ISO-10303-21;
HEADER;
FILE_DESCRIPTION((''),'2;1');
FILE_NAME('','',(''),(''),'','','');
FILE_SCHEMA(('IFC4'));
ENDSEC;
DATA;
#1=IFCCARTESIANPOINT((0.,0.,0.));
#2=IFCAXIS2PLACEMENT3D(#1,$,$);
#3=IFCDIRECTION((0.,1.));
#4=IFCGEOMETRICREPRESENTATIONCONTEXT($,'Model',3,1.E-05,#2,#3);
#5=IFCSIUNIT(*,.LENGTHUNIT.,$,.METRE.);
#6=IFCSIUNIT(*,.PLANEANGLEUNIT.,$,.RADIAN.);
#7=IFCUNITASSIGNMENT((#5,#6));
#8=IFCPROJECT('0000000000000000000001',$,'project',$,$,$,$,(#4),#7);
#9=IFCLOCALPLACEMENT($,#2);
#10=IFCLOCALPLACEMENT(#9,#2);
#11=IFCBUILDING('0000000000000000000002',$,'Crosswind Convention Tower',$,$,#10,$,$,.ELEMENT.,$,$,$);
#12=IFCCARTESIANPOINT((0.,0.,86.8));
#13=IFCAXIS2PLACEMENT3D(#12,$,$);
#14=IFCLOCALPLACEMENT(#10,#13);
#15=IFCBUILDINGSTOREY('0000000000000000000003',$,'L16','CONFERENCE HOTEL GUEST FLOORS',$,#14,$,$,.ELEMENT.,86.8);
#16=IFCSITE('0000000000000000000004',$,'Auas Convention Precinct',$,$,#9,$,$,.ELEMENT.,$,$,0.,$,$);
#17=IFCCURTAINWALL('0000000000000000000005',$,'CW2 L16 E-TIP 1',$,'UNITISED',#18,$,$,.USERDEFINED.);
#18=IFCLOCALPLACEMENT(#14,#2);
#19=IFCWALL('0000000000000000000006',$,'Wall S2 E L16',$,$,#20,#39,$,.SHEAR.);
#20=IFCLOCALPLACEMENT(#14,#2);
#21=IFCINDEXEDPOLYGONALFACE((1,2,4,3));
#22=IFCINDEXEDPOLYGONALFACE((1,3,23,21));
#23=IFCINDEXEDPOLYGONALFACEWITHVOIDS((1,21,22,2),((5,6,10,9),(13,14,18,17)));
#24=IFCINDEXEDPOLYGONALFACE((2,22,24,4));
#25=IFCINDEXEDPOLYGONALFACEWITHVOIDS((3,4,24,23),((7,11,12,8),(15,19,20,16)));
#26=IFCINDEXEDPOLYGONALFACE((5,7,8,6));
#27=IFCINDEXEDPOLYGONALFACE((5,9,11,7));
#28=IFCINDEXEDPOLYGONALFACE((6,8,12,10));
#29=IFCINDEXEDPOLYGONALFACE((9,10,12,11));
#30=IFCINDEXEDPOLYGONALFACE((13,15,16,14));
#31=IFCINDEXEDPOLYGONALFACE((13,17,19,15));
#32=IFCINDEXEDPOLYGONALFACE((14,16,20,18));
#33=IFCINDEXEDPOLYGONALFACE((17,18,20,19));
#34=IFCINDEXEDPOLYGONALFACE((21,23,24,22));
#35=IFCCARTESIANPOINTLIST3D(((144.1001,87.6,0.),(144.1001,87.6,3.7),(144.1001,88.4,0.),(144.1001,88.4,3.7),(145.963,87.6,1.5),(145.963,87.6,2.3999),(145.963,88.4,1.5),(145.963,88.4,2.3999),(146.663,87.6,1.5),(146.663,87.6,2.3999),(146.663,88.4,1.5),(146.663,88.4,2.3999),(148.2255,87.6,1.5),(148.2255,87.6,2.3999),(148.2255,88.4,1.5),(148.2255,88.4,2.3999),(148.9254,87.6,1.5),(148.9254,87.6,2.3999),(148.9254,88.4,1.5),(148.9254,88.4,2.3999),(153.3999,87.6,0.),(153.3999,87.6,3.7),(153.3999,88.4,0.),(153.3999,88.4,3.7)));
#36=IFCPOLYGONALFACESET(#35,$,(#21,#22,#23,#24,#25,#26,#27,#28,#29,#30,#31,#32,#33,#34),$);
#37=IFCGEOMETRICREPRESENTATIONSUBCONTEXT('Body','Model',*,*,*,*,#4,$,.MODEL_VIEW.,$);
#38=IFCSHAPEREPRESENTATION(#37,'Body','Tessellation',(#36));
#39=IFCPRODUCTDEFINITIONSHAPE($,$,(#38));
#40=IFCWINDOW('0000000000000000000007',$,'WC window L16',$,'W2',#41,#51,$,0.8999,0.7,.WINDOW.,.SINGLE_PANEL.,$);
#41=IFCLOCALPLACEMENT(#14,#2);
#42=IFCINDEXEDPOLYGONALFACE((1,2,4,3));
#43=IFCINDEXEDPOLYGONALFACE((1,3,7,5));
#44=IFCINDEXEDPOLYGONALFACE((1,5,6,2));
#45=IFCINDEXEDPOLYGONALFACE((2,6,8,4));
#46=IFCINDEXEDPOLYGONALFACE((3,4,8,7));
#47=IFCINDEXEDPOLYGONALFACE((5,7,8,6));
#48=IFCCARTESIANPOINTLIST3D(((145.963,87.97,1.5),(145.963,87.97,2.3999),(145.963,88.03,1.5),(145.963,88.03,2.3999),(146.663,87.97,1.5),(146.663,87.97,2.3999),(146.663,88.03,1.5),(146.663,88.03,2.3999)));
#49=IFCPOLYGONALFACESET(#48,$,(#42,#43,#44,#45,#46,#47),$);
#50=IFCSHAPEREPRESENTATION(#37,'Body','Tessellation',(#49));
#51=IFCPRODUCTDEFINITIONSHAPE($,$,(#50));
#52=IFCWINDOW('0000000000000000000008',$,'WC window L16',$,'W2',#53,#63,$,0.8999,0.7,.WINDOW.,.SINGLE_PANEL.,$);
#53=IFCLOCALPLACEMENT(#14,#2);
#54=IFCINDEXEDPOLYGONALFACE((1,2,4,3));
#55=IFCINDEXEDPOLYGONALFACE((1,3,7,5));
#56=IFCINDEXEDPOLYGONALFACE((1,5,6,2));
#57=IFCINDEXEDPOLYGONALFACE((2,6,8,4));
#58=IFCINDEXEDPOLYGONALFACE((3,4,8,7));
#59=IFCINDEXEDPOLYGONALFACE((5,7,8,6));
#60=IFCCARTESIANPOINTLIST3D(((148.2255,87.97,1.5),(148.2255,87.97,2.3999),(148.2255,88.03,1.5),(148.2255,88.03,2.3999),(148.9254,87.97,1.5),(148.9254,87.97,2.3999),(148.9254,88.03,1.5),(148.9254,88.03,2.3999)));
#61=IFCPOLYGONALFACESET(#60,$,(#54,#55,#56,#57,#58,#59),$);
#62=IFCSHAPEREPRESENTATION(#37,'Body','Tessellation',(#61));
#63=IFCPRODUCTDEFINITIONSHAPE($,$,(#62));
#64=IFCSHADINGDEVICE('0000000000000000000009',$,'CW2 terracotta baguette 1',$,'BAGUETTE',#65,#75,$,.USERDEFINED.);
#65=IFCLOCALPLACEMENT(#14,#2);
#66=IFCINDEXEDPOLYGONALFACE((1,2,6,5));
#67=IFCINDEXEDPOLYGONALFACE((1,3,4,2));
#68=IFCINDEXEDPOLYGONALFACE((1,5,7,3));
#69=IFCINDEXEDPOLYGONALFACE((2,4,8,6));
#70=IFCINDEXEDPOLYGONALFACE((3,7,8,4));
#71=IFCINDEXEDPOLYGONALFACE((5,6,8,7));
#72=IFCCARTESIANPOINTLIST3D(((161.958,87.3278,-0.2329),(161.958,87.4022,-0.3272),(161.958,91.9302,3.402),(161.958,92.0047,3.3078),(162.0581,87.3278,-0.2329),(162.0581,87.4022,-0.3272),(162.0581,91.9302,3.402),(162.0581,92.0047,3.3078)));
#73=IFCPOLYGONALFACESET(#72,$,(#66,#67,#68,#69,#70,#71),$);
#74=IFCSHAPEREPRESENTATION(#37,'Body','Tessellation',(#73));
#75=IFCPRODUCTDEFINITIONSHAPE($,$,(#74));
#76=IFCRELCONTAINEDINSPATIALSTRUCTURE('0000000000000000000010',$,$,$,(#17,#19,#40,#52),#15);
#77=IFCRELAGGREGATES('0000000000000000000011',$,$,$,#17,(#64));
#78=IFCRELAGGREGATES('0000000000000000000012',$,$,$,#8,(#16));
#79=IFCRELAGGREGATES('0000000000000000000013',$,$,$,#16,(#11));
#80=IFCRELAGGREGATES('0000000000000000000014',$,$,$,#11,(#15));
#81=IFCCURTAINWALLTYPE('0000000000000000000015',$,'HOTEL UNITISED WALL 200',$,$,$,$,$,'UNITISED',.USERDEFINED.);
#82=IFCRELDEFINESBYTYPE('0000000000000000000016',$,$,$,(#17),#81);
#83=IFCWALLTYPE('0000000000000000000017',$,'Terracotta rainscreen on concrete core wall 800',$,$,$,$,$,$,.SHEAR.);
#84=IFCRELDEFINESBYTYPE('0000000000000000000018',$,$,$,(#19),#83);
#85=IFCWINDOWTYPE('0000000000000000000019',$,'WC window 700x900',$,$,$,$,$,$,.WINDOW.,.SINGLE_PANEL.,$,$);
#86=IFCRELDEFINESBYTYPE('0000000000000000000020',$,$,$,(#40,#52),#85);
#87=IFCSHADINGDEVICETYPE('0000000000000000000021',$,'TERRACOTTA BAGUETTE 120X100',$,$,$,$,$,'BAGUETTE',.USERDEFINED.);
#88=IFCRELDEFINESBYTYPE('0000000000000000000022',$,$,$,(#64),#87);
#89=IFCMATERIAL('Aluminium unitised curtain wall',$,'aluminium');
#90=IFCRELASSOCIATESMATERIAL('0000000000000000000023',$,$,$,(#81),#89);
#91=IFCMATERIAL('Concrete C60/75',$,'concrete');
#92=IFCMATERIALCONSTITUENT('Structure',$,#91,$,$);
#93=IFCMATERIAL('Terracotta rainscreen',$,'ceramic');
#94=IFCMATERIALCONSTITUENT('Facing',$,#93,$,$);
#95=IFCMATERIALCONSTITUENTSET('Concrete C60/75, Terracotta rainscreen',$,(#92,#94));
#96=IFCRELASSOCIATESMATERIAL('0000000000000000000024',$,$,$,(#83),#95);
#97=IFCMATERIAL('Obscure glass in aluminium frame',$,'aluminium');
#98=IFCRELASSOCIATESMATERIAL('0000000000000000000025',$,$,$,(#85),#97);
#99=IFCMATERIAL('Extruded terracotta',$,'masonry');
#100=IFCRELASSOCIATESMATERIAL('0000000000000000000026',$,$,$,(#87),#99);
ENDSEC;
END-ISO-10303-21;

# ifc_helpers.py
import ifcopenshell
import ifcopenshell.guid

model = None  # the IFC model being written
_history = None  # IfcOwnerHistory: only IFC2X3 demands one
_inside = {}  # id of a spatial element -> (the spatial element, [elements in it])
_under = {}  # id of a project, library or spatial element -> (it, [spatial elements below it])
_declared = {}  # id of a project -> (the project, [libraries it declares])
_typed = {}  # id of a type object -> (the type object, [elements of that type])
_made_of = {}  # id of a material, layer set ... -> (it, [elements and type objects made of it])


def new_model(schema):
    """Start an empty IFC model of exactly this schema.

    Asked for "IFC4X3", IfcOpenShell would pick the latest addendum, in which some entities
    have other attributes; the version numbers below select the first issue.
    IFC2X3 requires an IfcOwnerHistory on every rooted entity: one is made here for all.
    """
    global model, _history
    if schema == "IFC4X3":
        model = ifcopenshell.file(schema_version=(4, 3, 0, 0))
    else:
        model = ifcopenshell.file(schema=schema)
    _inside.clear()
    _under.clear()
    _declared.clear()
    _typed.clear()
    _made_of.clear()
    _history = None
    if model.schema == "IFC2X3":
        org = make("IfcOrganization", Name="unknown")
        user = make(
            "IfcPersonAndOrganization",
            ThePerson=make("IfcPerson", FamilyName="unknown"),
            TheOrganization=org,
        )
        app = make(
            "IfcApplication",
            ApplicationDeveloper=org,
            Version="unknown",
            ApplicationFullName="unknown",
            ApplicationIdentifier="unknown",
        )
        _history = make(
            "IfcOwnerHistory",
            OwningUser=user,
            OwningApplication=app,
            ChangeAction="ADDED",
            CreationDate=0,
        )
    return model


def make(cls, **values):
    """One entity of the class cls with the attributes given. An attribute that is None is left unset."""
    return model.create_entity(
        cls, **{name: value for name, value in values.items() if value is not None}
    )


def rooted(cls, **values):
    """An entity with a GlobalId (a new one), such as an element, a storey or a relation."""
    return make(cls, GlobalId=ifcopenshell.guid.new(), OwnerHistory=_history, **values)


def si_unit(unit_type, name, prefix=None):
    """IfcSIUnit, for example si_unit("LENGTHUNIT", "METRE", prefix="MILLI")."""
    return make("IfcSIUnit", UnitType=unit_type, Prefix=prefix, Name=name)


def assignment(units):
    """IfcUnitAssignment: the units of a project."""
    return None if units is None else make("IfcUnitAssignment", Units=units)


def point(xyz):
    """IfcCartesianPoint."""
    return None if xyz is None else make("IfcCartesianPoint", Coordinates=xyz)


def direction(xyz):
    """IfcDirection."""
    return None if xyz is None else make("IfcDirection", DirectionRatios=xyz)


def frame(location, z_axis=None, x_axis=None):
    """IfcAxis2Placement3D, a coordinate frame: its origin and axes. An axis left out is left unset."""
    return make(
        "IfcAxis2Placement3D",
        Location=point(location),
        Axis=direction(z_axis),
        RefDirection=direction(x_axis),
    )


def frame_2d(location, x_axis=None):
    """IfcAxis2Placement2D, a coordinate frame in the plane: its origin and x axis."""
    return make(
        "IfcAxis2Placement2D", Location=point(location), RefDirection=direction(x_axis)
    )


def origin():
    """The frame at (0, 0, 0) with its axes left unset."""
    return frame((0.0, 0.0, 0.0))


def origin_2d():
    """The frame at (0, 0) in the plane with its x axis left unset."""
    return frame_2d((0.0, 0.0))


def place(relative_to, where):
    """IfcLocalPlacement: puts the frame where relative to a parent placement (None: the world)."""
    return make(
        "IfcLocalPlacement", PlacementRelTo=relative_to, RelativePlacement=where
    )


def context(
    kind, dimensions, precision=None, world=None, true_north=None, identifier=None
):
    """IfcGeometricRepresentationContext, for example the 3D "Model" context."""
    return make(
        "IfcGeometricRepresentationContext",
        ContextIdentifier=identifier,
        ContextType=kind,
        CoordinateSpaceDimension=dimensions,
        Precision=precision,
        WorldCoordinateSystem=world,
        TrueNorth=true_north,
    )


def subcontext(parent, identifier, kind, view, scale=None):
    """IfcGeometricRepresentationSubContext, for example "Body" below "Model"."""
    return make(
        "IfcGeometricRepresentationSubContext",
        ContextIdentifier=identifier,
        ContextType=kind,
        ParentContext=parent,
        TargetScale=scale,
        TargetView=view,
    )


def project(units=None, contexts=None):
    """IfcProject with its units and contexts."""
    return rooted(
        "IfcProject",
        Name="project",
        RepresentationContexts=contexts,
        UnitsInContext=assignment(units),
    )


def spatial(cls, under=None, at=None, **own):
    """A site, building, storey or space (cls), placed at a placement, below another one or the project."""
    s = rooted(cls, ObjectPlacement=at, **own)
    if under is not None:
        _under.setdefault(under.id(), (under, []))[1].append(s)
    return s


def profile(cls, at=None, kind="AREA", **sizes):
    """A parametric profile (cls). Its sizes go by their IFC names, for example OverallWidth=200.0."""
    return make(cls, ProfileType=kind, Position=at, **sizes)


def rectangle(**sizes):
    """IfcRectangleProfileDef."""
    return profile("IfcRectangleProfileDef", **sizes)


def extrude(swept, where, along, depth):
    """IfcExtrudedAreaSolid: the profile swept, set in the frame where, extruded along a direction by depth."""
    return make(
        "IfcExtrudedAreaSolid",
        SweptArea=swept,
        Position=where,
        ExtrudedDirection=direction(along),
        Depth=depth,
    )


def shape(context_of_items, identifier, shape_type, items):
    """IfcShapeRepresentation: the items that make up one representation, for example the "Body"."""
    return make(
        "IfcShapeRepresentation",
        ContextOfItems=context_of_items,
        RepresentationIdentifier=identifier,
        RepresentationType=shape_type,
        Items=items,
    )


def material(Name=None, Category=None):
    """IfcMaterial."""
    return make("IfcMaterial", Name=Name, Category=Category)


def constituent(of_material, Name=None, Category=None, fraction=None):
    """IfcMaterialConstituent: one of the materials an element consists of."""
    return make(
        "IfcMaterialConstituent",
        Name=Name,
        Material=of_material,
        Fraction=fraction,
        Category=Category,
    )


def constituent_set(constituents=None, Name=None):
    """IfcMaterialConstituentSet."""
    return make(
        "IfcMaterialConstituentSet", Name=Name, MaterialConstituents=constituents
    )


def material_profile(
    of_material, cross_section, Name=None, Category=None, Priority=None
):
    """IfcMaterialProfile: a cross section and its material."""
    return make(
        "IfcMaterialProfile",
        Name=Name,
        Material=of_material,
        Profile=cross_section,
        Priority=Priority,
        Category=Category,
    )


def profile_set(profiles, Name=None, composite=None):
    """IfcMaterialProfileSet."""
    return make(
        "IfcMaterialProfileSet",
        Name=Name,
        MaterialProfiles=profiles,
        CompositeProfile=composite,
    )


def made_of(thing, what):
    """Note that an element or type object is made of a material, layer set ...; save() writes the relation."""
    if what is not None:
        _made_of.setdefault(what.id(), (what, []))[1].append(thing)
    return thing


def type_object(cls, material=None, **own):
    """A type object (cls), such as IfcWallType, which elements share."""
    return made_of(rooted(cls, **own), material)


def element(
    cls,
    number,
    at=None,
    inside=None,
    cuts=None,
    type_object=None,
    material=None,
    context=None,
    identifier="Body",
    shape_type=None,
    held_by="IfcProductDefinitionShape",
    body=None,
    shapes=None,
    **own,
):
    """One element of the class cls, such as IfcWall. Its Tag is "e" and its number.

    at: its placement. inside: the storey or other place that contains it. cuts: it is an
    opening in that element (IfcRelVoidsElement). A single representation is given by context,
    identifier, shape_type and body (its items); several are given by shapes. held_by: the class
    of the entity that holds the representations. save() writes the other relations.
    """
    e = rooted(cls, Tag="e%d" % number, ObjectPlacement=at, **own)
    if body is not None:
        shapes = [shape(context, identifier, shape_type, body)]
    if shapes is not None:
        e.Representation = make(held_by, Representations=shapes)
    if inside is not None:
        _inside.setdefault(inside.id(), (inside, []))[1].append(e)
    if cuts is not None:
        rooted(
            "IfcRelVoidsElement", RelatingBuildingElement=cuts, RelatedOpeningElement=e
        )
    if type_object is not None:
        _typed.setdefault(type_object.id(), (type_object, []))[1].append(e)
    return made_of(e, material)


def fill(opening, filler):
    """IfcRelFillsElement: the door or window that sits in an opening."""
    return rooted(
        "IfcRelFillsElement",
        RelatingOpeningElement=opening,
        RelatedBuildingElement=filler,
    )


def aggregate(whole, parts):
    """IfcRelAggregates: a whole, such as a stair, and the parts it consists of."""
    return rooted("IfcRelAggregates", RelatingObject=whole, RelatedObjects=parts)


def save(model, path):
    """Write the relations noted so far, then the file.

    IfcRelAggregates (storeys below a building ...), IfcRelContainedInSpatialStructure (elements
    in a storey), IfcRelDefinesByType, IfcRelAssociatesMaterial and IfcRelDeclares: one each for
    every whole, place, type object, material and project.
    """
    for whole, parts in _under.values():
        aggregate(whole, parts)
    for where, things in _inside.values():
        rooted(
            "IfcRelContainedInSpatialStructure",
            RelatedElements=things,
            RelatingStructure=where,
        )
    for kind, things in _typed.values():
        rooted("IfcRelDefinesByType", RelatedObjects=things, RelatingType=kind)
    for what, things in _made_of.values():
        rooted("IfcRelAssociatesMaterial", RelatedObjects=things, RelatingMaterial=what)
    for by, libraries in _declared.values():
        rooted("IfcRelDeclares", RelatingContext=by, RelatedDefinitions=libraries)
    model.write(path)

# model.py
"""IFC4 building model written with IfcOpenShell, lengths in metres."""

from ifc_helpers import new_model, si_unit, direction, frame, frame_2d, origin, origin_2d, place, context, subcontext, project, spatial, rectangle, extrude, material, constituent, constituent_set, material_profile, profile_set, type_object, element, fill, aggregate, save


model = new_model("IFC4")

# Units and contexts
model_context = context("Model", 3, precision=1e-05, world=origin(), true_north=direction((0.0, 1.0)))
body_context = subcontext(model_context, "Body", "Model", "MODEL_VIEW")
ifc_project = project(units=[si_unit("LENGTHUNIT", "METRE"), si_unit("PLANEANGLEUNIT", "RADIAN")], contexts=[model_context])

# Site, building, storey
site_placement = place(None, origin())
site = spatial("IfcSite", under=ifc_project, at=site_placement, Name="Auas Convention Precinct", CompositionType="ELEMENT", RefElevation=0.0)
building_placement = place(site_placement, origin())
building = spatial("IfcBuilding", under=site, at=building_placement, Name="Crosswind Convention Tower", CompositionType="ELEMENT")
storey_placement = place(building_placement, frame((0.0, 0.0, 86.8)))
storey = spatial("IfcBuildingStorey", under=building, at=storey_placement, Name="L16", Description="CONFERENCE HOTEL GUEST FLOORS", CompositionType="ELEMENT", Elevation=86.8)

# Shared definitions
ifc_material_1 = material(Name="Concrete C60/75", Category="concrete")

# Shared definitions
ifc_material_2 = material(Name="Aluminium unitised curtain wall", Category="aluminium")

# Curtain wall
curtain_wall_type_1 = type_object("IfcCurtainWallType", Name="HOTEL UNITISED WALL 200", ElementType="UNITISED", PredefinedType="USERDEFINED", material=ifc_material_2)
curtain_wall_1_placement = place(storey_placement, origin())
curtain_wall_1 = element("IfcCurtainWall", 1, at=curtain_wall_1_placement, inside=storey, type_object=curtain_wall_type_1, Name="CW2 L16 E-TIP 1", ObjectType="UNITISED", PredefinedType="USERDEFINED")

# Wall, openings, windows
ifc_constituent_1 = constituent(ifc_material_1, Name="Structure")
ifc_material_3 = material(Name="Terracotta rainscreen", Category="ceramic")
ifc_constituent_2 = constituent(ifc_material_3, Name="Facing")
ifc_constituent_set = constituent_set(constituents=[ifc_constituent_1, ifc_constituent_2], Name="Concrete C60/75, Terracotta rainscreen")
wall_type_1 = type_object("IfcWallType", Name="Terracotta rainscreen on concrete core wall 800", PredefinedType="SHEAR", material=ifc_constituent_set)
wall_1_placement = place(storey_placement, frame((144.1001, 88.0, 0.0), z_axis=(0.0, 0.0, 1.0), x_axis=(1.0, 0.0, 0.0)))
wall_1 = element("IfcWall", 2, at=wall_1_placement, inside=storey, type_object=wall_type_1, Name="Wall S2 E L16", PredefinedType="SHEAR", context=body_context, shape_type="SweptSolid", body=[
    extrude(rectangle(XDim=9.2998, YDim=0.8, at=frame_2d((4.6499, 0.0))), origin(), (0.0, 0.0, 1.0), 3.7),
])
opening_1_placement = place(wall_1_placement, frame((1.8628, 0.0, 1.5)))
opening_1 = element("IfcOpeningElement", 3, at=opening_1_placement, cuts=wall_1, PredefinedType="OPENING", context=body_context, shape_type="SweptSolid", body=[
    extrude(rectangle(XDim=0.7, YDim=0.8999, at=frame_2d((0.3501, 0.45))), frame((0.0, 0.4099, 0.0), z_axis=(0.0, -1.0, 0.0), x_axis=(1.0, 0.0, 0.0)), (0.0, 0.0, 1.0), 0.8201),
])
opening_2_placement = place(wall_1_placement, frame((4.1252, 0.0, 1.5)))
opening_2 = element("IfcOpeningElement", 4, at=opening_2_placement, cuts=wall_1, PredefinedType="OPENING", context=body_context, shape_type="SweptSolid", body=[
    extrude(rectangle(XDim=0.7, YDim=0.8999, at=frame_2d((0.3501, 0.45))), frame((0.0, 0.4099, 0.0), z_axis=(0.0, -1.0, 0.0), x_axis=(1.0, 0.0, 0.0)), (0.0, 0.0, 1.0), 0.8201),
])
ifc_material_4 = material(Name="Obscure glass in aluminium frame", Category="aluminium")
window_type = type_object("IfcWindowType", Name="WC window 700x900", PartitioningType="SINGLE_PANEL", PredefinedType="WINDOW", material=ifc_material_4)
window_1_placement = place(opening_1_placement, origin())
window_1 = element("IfcWindow", 5, at=window_1_placement, inside=storey, type_object=window_type, Name="WC window L16", ObjectType="W2", OverallHeight=0.8999, OverallWidth=0.7, PartitioningType="SINGLE_PANEL", PredefinedType="WINDOW", context=body_context, shape_type="SweptSolid", body=[
    extrude(rectangle(XDim=0.7, YDim=0.8999, at=frame_2d((0.3501, 0.45))), frame((0.0, 0.03, 0.0), z_axis=(0.0, -1.0, 0.0), x_axis=(1.0, 0.0, 0.0)), (0.0, 0.0, 1.0), 0.0601),
])
fill(opening_1, window_1)
window_2_placement = place(opening_2_placement, origin())
window_2 = element("IfcWindow", 6, at=window_2_placement, inside=storey, type_object=window_type, Name="WC window L16", ObjectType="W2", OverallHeight=0.8999, OverallWidth=0.7, PartitioningType="SINGLE_PANEL", PredefinedType="WINDOW", context=body_context, shape_type="SweptSolid", body=[
    extrude(rectangle(XDim=0.7, YDim=0.8999, at=frame_2d((0.3501, 0.45))), frame((0.0, 0.03, 0.0), z_axis=(0.0, -1.0, 0.0), x_axis=(1.0, 0.0, 0.0)), (0.0, 0.0, 1.0), 0.0601),
])
fill(opening_2, window_2)

# Shading device
ifc_material_5 = material(Name="Extruded terracotta", Category="masonry")
ifc_material_profile_1 = material_profile(ifc_material_5, rectangle(XDim=0.1001, YDim=0.1201, at=origin_2d()), Name="TC 100X120")
ifc_profile_set_1 = profile_set([ifc_material_profile_1], Name="Extruded terracotta")
shading_device_type = type_object("IfcShadingDeviceType", Name="TERRACOTTA BAGUETTE 120X100", ElementType="BAGUETTE", PredefinedType="USERDEFINED", material=ifc_profile_set_1)
shading_device_placement = place(storey_placement, frame((162.0081, 87.365, -0.28), z_axis=(0.0, 0.784764, 0.619794), x_axis=(-1.0, 0.0, 0.0)))
shading_device = element("IfcShadingDevice", 7, at=shading_device_placement, type_object=shading_device_type, Name="CW2 terracotta baguette 1", ObjectType="BAGUETTE", PredefinedType="USERDEFINED", context=body_context, shape_type="SweptSolid", body=[
    extrude(rectangle(XDim=0.1001, YDim=0.1201, at=origin_2d()), origin(), (0.0, 0.0, 1.0), 5.8647),
])
aggregate(curtain_wall_1, [shading_device])

save(model, "model.ifc")
